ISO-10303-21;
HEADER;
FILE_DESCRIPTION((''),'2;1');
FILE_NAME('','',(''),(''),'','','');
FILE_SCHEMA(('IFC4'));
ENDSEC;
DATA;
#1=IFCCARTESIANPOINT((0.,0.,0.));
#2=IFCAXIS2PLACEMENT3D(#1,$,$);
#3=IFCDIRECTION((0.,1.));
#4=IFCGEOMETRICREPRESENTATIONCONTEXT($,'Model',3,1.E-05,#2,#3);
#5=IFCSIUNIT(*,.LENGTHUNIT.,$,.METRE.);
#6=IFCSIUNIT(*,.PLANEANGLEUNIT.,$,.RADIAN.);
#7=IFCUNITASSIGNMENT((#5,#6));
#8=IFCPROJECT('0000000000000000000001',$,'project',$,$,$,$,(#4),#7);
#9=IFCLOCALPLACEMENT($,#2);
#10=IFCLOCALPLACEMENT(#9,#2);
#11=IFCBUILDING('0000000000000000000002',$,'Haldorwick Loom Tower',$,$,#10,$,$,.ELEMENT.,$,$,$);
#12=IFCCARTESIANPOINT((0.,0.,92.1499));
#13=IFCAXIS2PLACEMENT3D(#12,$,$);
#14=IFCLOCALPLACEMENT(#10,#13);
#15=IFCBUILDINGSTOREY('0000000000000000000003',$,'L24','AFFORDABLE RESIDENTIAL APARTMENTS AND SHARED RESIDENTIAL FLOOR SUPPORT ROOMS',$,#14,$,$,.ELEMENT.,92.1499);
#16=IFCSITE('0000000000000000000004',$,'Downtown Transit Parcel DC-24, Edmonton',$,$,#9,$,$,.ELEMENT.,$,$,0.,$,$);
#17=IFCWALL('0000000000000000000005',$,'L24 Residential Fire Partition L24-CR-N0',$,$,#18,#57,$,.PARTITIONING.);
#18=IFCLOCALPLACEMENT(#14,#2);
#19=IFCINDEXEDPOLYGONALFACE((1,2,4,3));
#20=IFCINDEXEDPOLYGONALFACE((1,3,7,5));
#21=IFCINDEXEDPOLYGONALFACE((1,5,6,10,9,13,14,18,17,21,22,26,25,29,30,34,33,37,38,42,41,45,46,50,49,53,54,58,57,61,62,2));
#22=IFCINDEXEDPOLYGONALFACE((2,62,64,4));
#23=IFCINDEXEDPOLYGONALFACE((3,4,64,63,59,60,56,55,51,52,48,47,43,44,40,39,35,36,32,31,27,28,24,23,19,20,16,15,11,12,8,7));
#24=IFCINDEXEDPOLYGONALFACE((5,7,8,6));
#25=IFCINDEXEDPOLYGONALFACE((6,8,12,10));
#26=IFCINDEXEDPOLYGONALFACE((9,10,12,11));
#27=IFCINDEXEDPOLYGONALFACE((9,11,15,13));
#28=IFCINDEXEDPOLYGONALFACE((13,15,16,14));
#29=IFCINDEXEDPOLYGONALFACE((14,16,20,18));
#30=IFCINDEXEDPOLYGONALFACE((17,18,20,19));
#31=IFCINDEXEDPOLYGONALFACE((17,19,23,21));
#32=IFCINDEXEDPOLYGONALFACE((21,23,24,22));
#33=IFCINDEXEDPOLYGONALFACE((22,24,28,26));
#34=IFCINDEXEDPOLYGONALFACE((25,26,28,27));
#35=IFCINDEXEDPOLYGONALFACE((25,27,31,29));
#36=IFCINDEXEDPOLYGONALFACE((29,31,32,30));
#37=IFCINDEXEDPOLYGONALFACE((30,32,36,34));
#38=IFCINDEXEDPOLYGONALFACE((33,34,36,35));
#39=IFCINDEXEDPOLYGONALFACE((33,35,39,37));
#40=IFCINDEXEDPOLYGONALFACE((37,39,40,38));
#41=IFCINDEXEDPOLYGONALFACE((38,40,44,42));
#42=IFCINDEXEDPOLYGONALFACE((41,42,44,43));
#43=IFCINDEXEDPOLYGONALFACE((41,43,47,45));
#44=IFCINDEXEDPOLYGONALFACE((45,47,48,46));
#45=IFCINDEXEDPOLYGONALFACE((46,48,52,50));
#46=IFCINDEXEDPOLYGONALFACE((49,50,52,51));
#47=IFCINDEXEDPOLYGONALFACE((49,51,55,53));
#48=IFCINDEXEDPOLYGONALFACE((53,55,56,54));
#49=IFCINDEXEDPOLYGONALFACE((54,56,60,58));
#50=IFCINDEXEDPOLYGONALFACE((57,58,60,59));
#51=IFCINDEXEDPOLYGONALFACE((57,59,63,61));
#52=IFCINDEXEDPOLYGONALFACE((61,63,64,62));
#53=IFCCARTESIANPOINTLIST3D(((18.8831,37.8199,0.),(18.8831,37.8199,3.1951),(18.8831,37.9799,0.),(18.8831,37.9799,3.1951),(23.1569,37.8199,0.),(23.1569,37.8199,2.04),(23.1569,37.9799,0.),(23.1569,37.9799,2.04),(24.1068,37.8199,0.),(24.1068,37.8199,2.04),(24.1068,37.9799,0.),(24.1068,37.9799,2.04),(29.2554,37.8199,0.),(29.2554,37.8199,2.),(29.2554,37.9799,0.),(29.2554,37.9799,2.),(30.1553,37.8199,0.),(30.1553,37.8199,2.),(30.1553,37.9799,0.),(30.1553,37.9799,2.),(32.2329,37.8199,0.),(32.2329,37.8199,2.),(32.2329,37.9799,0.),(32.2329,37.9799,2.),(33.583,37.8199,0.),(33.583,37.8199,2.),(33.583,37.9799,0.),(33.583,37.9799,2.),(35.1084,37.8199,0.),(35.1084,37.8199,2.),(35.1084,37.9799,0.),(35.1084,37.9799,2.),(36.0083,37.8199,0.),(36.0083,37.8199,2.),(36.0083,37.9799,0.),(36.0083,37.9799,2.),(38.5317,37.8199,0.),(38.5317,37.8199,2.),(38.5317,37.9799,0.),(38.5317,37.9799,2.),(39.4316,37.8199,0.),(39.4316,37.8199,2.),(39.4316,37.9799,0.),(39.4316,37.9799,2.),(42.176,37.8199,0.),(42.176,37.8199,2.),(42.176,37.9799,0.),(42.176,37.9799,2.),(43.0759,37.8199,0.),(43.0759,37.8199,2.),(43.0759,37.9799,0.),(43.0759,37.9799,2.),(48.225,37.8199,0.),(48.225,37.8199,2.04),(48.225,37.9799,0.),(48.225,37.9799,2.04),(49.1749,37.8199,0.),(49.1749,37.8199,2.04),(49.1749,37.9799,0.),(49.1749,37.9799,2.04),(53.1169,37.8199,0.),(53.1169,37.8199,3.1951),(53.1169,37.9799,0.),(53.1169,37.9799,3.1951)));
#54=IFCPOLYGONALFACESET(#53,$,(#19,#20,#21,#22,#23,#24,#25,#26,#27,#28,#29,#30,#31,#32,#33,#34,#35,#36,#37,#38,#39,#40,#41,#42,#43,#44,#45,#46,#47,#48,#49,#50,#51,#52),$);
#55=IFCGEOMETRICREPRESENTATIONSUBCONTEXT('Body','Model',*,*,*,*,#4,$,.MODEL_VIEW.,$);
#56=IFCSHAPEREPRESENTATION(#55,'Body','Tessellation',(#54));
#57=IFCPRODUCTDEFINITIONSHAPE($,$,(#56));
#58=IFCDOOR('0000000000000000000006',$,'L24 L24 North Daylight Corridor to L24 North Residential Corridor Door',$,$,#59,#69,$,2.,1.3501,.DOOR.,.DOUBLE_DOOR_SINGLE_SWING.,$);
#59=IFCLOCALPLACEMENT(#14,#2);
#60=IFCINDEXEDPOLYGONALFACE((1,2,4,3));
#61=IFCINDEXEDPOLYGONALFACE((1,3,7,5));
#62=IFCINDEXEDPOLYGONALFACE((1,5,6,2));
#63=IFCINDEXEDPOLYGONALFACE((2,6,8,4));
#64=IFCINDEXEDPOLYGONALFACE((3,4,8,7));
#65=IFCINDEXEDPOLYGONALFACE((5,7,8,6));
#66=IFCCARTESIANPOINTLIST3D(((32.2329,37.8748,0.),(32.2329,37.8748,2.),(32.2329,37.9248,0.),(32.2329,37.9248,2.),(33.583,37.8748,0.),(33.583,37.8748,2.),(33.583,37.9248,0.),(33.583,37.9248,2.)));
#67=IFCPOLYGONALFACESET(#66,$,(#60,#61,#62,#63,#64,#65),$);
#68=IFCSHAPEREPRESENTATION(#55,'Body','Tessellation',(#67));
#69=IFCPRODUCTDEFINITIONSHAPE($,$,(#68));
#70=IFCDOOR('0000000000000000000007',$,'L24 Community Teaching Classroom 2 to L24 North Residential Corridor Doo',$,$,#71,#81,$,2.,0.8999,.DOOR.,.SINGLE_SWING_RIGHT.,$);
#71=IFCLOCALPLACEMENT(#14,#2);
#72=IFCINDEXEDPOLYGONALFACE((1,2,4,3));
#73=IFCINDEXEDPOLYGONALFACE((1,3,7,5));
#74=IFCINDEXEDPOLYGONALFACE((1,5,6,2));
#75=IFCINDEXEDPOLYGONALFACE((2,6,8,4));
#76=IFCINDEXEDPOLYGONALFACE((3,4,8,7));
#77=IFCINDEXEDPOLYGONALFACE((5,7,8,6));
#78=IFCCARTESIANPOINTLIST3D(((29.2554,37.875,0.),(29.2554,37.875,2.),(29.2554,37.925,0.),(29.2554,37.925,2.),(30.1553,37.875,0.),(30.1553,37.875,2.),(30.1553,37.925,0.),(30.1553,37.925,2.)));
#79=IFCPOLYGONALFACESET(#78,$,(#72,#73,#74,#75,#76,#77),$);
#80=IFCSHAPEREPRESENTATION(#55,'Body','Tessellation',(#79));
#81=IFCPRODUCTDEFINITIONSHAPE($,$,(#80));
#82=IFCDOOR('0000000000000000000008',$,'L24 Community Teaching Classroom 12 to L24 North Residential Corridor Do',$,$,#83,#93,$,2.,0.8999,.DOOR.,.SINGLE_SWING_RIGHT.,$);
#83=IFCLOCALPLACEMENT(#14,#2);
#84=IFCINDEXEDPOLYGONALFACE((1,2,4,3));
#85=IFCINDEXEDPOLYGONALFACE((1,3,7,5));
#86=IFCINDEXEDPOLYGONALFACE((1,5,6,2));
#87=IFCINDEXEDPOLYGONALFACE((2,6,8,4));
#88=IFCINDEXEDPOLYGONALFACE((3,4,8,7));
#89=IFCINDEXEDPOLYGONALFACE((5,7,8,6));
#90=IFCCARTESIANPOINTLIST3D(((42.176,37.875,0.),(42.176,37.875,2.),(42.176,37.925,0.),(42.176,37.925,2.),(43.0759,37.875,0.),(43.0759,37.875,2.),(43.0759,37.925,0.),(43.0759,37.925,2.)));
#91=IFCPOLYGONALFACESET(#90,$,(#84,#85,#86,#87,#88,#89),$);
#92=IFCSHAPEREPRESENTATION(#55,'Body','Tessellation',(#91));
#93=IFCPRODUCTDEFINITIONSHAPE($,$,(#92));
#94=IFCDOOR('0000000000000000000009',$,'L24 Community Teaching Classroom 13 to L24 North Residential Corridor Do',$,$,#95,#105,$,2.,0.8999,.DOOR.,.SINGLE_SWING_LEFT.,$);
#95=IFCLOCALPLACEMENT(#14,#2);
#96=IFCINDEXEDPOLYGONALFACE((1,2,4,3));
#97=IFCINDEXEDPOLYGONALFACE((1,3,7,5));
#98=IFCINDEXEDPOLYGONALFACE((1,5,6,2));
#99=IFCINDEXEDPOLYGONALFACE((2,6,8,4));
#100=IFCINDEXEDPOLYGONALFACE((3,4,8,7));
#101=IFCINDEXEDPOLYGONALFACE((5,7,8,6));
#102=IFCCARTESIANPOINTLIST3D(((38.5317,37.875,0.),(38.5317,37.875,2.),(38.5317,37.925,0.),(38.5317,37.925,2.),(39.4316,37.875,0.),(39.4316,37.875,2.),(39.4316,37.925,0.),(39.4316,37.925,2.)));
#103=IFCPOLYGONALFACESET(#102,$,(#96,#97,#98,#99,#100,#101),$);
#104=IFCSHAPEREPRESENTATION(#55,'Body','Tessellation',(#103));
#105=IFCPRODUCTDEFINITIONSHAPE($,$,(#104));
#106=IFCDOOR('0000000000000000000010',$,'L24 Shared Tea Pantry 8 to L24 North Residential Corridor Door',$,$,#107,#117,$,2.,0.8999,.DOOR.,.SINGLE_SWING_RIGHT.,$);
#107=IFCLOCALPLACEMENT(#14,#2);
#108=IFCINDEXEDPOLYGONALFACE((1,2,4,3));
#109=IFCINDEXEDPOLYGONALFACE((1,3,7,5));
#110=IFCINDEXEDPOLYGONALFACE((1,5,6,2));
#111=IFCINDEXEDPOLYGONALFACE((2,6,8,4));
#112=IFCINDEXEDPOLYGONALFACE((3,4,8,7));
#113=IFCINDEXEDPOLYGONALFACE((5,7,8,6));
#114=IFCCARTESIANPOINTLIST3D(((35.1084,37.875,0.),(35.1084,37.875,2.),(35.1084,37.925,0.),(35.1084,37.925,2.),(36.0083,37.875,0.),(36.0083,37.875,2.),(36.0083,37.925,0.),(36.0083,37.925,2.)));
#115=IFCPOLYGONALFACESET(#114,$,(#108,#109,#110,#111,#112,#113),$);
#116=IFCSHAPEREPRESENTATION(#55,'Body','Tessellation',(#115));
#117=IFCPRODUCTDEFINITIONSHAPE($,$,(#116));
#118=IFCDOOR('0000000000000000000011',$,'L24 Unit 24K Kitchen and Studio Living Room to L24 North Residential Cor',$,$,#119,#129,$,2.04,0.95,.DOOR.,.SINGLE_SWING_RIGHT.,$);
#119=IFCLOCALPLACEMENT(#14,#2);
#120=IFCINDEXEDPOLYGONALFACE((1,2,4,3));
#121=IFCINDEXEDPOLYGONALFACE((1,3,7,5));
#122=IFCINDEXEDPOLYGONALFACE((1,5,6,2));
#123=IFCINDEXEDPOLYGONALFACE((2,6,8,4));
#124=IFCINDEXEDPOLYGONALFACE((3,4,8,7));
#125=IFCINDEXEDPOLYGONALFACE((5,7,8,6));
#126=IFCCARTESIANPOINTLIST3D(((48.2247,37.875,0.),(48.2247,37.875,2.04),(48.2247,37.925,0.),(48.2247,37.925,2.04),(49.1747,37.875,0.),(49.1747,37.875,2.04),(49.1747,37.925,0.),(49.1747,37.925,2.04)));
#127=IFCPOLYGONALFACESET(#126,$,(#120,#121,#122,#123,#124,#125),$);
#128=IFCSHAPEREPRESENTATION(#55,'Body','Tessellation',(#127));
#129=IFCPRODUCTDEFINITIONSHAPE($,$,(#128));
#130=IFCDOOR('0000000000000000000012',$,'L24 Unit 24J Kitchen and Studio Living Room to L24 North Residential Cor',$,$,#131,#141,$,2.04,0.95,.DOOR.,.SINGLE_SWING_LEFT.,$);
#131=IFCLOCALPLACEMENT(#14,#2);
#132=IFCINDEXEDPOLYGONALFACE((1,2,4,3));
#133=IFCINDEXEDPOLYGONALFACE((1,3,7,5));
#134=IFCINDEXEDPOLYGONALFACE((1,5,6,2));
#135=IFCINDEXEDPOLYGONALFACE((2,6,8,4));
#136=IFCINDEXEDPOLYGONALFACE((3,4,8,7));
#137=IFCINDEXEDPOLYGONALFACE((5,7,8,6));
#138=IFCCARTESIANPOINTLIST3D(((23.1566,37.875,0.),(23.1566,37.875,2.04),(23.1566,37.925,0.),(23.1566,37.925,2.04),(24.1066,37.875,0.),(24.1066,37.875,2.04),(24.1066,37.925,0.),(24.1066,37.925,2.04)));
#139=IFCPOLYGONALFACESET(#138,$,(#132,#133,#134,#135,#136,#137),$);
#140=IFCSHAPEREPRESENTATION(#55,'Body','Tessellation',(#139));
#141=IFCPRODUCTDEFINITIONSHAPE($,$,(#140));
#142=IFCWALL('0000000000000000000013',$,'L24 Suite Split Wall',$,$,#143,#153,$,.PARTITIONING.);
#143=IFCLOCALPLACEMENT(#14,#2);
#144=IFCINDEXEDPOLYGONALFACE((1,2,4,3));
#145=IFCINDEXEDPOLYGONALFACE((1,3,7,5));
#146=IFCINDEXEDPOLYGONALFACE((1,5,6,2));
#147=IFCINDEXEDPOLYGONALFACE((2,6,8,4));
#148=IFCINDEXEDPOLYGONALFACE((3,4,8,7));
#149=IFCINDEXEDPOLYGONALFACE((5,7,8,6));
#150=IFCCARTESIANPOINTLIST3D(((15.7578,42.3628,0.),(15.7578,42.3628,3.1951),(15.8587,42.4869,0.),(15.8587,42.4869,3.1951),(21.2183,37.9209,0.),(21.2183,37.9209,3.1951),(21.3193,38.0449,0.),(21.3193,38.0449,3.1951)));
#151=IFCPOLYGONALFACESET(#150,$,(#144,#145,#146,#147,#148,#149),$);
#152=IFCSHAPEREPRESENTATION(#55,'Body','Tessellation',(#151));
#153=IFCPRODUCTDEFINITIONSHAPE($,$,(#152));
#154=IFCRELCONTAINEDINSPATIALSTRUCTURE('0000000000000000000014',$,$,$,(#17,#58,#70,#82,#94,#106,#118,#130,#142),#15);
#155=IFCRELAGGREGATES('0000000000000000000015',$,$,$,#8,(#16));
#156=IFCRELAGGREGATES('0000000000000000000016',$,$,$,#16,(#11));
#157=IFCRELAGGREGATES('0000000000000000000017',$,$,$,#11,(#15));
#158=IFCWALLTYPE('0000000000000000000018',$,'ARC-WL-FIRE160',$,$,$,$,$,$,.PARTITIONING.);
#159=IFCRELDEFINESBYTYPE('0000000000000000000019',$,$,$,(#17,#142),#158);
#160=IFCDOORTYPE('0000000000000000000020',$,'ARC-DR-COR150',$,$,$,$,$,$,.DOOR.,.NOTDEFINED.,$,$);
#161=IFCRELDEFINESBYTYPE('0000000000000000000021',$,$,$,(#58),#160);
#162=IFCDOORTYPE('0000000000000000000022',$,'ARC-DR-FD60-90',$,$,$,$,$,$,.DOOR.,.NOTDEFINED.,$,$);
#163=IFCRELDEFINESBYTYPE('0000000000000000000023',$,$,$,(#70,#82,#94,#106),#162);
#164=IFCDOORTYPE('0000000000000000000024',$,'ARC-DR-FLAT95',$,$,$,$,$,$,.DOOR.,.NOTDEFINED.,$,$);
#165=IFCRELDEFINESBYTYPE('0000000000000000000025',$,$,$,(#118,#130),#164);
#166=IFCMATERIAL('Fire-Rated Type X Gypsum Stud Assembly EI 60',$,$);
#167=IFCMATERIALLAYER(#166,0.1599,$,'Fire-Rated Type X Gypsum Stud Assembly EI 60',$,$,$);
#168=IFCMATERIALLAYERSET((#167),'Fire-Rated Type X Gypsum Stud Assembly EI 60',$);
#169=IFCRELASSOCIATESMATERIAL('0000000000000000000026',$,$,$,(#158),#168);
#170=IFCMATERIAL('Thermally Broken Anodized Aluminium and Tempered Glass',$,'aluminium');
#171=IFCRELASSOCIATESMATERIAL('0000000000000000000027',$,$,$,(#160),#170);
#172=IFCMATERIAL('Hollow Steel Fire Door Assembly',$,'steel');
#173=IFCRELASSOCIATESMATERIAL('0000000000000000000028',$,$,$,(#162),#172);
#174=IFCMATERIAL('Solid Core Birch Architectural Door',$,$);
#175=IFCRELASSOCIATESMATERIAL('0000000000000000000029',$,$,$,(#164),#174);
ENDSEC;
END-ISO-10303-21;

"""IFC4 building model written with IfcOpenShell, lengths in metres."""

from ifc_helpers import new_model, si_unit, direction, frame, frame_2d, origin, place, context, subcontext, project, spatial, rectangle, extrude, material, layer, layer_set, type_object, element, fill, save


model = new_model("IFC4")

# Units and contexts
model_context = context("Model", 3, precision=1e-05, world=origin(), true_north=direction((0.0, 1.0)))
body_context = subcontext(model_context, "Body", "Model", "MODEL_VIEW")
ifc_project = project(units=[si_unit("LENGTHUNIT", "METRE"), si_unit("PLANEANGLEUNIT", "RADIAN")], contexts=[model_context])

# Site, building, storey
site_placement = place(None, origin())
site = spatial("IfcSite", under=ifc_project, at=site_placement, Name="Downtown Transit Parcel DC-24, Edmonton", CompositionType="ELEMENT", RefElevation=0.0)
building_placement = place(site_placement, origin())
building = spatial("IfcBuilding", under=site, at=building_placement, Name="Haldorwick Loom Tower", CompositionType="ELEMENT")
storey_placement = place(building_placement, frame((0.0, 0.0, 92.1499)))
storey = spatial("IfcBuildingStorey", under=building, at=storey_placement, Name="L24", Description="AFFORDABLE RESIDENTIAL APARTMENTS AND SHARED RESIDENTIAL FLOOR SUPPORT ROOMS", CompositionType="ELEMENT", Elevation=92.1499)

# Wall, openings, doors
ifc_material_1 = material(Name="Fire-Rated Type X Gypsum Stud Assembly EI 60")
ifc_layer_1 = layer(ifc_material_1, 0.1599, Name="Fire-Rated Type X Gypsum Stud Assembly EI 60")
ifc_layer_set_1 = layer_set([ifc_layer_1], Name="Fire-Rated Type X Gypsum Stud Assembly EI 60")
wall_type_1 = type_object("IfcWallType", Name="ARC-WL-FIRE160", PredefinedType="PARTITIONING", material=ifc_layer_set_1)
wall_1_placement = place(storey_placement, frame((18.8831, 37.8999, 0.0), z_axis=(0.0, 0.0, 1.0), x_axis=(1.0, 0.0, 0.0)))
wall_1 = element("IfcWall", 1, at=wall_1_placement, inside=storey, type_object=wall_type_1, Name="L24 Residential Fire Partition L24-CR-N0", PredefinedType="PARTITIONING", context=body_context, shape_type="SweptSolid", body=[
    extrude(rectangle(XDim=34.2339, YDim=0.1599, at=frame_2d((17.1169, 0.0))), origin(), (0.0, 0.0, 1.0), 3.1951),
])
opening_1_placement = place(wall_1_placement, frame((13.3499, 0.0, 0.0)))
opening_1 = element("IfcOpeningElement", 2, at=opening_1_placement, cuts=wall_1, PredefinedType="OPENING", context=body_context, shape_type="SweptSolid", body=[
    extrude(rectangle(XDim=1.3501, YDim=2.0, at=frame_2d((0.675, 1.0))), frame((0.0, 0.0898, 0.0), z_axis=(0.0, -1.0, 0.0), x_axis=(1.0, 0.0, 0.0)), (0.0, 0.0, 1.0), 0.1799),
])
opening_2_placement = place(wall_1_placement, frame((29.3418, 0.0, 0.0)))
opening_2 = element("IfcOpeningElement", 3, at=opening_2_placement, cuts=wall_1, PredefinedType="OPENING", context=body_context, shape_type="SweptSolid", body=[
    extrude(rectangle(XDim=0.95, YDim=2.04, at=frame_2d((0.4751, 1.02))), frame((0.0, 0.0898, 0.0), z_axis=(0.0, -1.0, 0.0), x_axis=(1.0, 0.0, 0.0)), (0.0, 0.0, 1.0), 0.1799),
])
opening_3_placement = place(wall_1_placement, frame((4.2737, 0.0, 0.0)))
opening_3 = element("IfcOpeningElement", 4, at=opening_3_placement, cuts=wall_1, PredefinedType="OPENING", context=body_context, shape_type="SweptSolid", body=[
    extrude(rectangle(XDim=0.95, YDim=2.04, at=frame_2d((0.4751, 1.02))), frame((0.0, 0.0898, 0.0), z_axis=(0.0, -1.0, 0.0), x_axis=(1.0, 0.0, 0.0)), (0.0, 0.0, 1.0), 0.1799),
])
opening_4_placement = place(wall_1_placement, frame((10.3723, 0.0, 0.0)))
opening_4 = element("IfcOpeningElement", 5, at=opening_4_placement, cuts=wall_1, PredefinedType="OPENING", context=body_context, shape_type="SweptSolid", body=[
    extrude(rectangle(XDim=0.8999, YDim=2.0, at=frame_2d((0.45, 1.0))), frame((0.0, 0.0898, 0.0), z_axis=(0.0, -1.0, 0.0), x_axis=(1.0, 0.0, 0.0)), (0.0, 0.0, 1.0), 0.1799),
])
opening_5_placement = place(wall_1_placement, frame((23.293, 0.0, 0.0)))
opening_5 = element("IfcOpeningElement", 6, at=opening_5_placement, cuts=wall_1, PredefinedType="OPENING", context=body_context, shape_type="SweptSolid", body=[
    extrude(rectangle(XDim=0.8999, YDim=2.0, at=frame_2d((0.45, 1.0))), frame((0.0, 0.0898, 0.0), z_axis=(0.0, -1.0, 0.0), x_axis=(1.0, 0.0, 0.0)), (0.0, 0.0, 1.0), 0.1799),
])
opening_6_placement = place(wall_1_placement, frame((19.6487, 0.0, 0.0)))
opening_6 = element("IfcOpeningElement", 7, at=opening_6_placement, cuts=wall_1, PredefinedType="OPENING", context=body_context, shape_type="SweptSolid", body=[
    extrude(rectangle(XDim=0.8999, YDim=2.0, at=frame_2d((0.45, 1.0))), frame((0.0, 0.0898, 0.0), z_axis=(0.0, -1.0, 0.0), x_axis=(1.0, 0.0, 0.0)), (0.0, 0.0, 1.0), 0.1799),
])
opening_7_placement = place(wall_1_placement, frame((16.2253, 0.0, 0.0)))
opening_7 = element("IfcOpeningElement", 8, at=opening_7_placement, cuts=wall_1, PredefinedType="OPENING", context=body_context, shape_type="SweptSolid", body=[
    extrude(rectangle(XDim=0.8999, YDim=2.0, at=frame_2d((0.45, 1.0))), frame((0.0, 0.0898, 0.0), z_axis=(0.0, -1.0, 0.0), x_axis=(1.0, 0.0, 0.0)), (0.0, 0.0, 1.0), 0.1799),
])
ifc_material_2 = material(Name="Thermally Broken Anodized Aluminium and Tempered Glass", Category="aluminium")
door_type_1 = type_object("IfcDoorType", Name="ARC-DR-COR150", OperationType="NOTDEFINED", PredefinedType="DOOR", material=ifc_material_2)
door_1_placement = place(opening_1_placement, origin())
door_1 = element("IfcDoor", 9, at=door_1_placement, inside=storey, type_object=door_type_1, Name="L24 L24 North Daylight Corridor to L24 North Residential Corridor Door", OperationType="DOUBLE_DOOR_SINGLE_SWING", OverallHeight=2.0, OverallWidth=1.3501, PredefinedType="DOOR", context=body_context, shape_type="SweptSolid", body=[
    extrude(rectangle(XDim=1.3501, YDim=2.0, at=frame_2d((0.675, 1.0))), frame((0.0, 0.0249, 0.0), z_axis=(0.0, -1.0, 0.0), x_axis=(1.0, 0.0, 0.0)), (0.0, 0.0, 1.0), 0.05),
])
fill(opening_1, door_1)
ifc_material_3 = material(Name="Hollow Steel Fire Door Assembly", Category="steel")
door_type_2 = type_object("IfcDoorType", Name="ARC-DR-FD60-90", OperationType="NOTDEFINED", PredefinedType="DOOR", material=ifc_material_3)
door_2_placement = place(opening_4_placement, frame((0.8999, 0.0, 0.0), z_axis=(0.0, 0.0, 1.0), x_axis=(-1.0, 0.0, 0.0)))
door_2 = element("IfcDoor", 10, at=door_2_placement, inside=storey, type_object=door_type_2, Name="L24 Community Teaching Classroom 2 to L24 North Residential Corridor Doo", OperationType="SINGLE_SWING_RIGHT", OverallHeight=2.0, OverallWidth=0.8999, PredefinedType="DOOR", context=body_context, shape_type="SweptSolid", body=[
    extrude(rectangle(XDim=0.8999, YDim=2.0, at=frame_2d((0.45, 1.0))), frame((0.0, 0.0249, 0.0), z_axis=(0.0, -1.0, 0.0), x_axis=(1.0, 0.0, 0.0)), (0.0, 0.0, 1.0), 0.05),
])
fill(opening_4, door_2)
door_3_placement = place(opening_5_placement, frame((0.8999, 0.0, 0.0), z_axis=(0.0, 0.0, 1.0), x_axis=(-1.0, 0.0, 0.0)))
door_3 = element("IfcDoor", 11, at=door_3_placement, inside=storey, type_object=door_type_2, Name="L24 Community Teaching Classroom 12 to L24 North Residential Corridor Do", OperationType="SINGLE_SWING_RIGHT", OverallHeight=2.0, OverallWidth=0.8999, PredefinedType="DOOR", context=body_context, shape_type="SweptSolid", body=[
    extrude(rectangle(XDim=0.8999, YDim=2.0, at=frame_2d((0.45, 1.0))), frame((0.0, 0.0249, 0.0), z_axis=(0.0, -1.0, 0.0), x_axis=(1.0, 0.0, 0.0)), (0.0, 0.0, 1.0), 0.05),
])
fill(opening_5, door_3)
door_4_placement = place(opening_6_placement, frame((0.8999, 0.0, 0.0), z_axis=(0.0, 0.0, 1.0), x_axis=(-1.0, 0.0, 0.0)))
door_4 = element("IfcDoor", 12, at=door_4_placement, inside=storey, type_object=door_type_2, Name="L24 Community Teaching Classroom 13 to L24 North Residential Corridor Do", OperationType="SINGLE_SWING_LEFT", OverallHeight=2.0, OverallWidth=0.8999, PredefinedType="DOOR", context=body_context, shape_type="SweptSolid", body=[
    extrude(rectangle(XDim=0.8999, YDim=2.0, at=frame_2d((0.45, 1.0))), frame((0.0, 0.0249, 0.0), z_axis=(0.0, -1.0, 0.0), x_axis=(1.0, 0.0, 0.0)), (0.0, 0.0, 1.0), 0.05),
])
fill(opening_6, door_4)
door_5_placement = place(opening_7_placement, frame((0.8999, 0.0, 0.0), z_axis=(0.0, 0.0, 1.0), x_axis=(-1.0, 0.0, 0.0)))
door_5 = element("IfcDoor", 13, at=door_5_placement, inside=storey, type_object=door_type_2, Name="L24 Shared Tea Pantry 8 to L24 North Residential Corridor Door", OperationType="SINGLE_SWING_RIGHT", OverallHeight=2.0, OverallWidth=0.8999, PredefinedType="DOOR", context=body_context, shape_type="SweptSolid", body=[
    extrude(rectangle(XDim=0.8999, YDim=2.0, at=frame_2d((0.45, 1.0))), frame((0.0, 0.0249, 0.0), z_axis=(0.0, -1.0, 0.0), x_axis=(1.0, 0.0, 0.0)), (0.0, 0.0, 1.0), 0.05),
])
fill(opening_7, door_5)
ifc_material_4 = material(Name="Solid Core Birch Architectural Door")
door_type_3 = type_object("IfcDoorType", Name="ARC-DR-FLAT95", OperationType="NOTDEFINED", PredefinedType="DOOR", material=ifc_material_4)
door_6_placement = place(opening_2_placement, frame((0.95, 0.0, 0.0), z_axis=(0.0, 0.0, 1.0), x_axis=(-1.0, 0.0, 0.0)))
door_6 = element("IfcDoor", 14, at=door_6_placement, inside=storey, type_object=door_type_3, Name="L24 Unit 24K Kitchen and Studio Living Room to L24 North Residential Cor", OperationType="SINGLE_SWING_RIGHT", OverallHeight=2.04, OverallWidth=0.95, PredefinedType="DOOR", context=body_context, shape_type="SweptSolid", body=[
    extrude(rectangle(XDim=0.95, YDim=2.04, at=frame_2d((0.4751, 1.02))), frame((0.0, 0.0249, 0.0), z_axis=(0.0, -1.0, 0.0), x_axis=(1.0, 0.0, 0.0)), (0.0, 0.0, 1.0), 0.05),
])
fill(opening_2, door_6)
door_7_placement = place(opening_3_placement, frame((0.95, 0.0, 0.0), z_axis=(0.0, 0.0, 1.0), x_axis=(-1.0, 0.0, 0.0)))
door_7 = element("IfcDoor", 15, at=door_7_placement, inside=storey, type_object=door_type_3, Name="L24 Unit 24J Kitchen and Studio Living Room to L24 North Residential Cor", OperationType="SINGLE_SWING_LEFT", OverallHeight=2.04, OverallWidth=0.95, PredefinedType="DOOR", context=body_context, shape_type="SweptSolid", body=[
    extrude(rectangle(XDim=0.95, YDim=2.04, at=frame_2d((0.4751, 1.02))), frame((0.0, 0.0249, 0.0), z_axis=(0.0, -1.0, 0.0), x_axis=(1.0, 0.0, 0.0)), (0.0, 0.0, 1.0), 0.05),
])
fill(opening_3, door_7)

# Wall
wall_2_placement = place(storey_placement, frame((21.2688, 37.9829, 0.0), z_axis=(0.0, 0.0, 1.0), x_axis=(-0.775747, 0.631044, 0.0)))
element("IfcWall", 16, at=wall_2_placement, inside=storey, type_object=wall_type_1, Name="L24 Suite Split Wall", PredefinedType="PARTITIONING", context=body_context, shape_type="SweptSolid", body=[
    extrude(rectangle(XDim=7.0391, YDim=0.1599, at=frame_2d((3.5195, 0.0))), origin(), (0.0, 0.0, 1.0), 3.1951),
])

save(model, "model.ifc")
